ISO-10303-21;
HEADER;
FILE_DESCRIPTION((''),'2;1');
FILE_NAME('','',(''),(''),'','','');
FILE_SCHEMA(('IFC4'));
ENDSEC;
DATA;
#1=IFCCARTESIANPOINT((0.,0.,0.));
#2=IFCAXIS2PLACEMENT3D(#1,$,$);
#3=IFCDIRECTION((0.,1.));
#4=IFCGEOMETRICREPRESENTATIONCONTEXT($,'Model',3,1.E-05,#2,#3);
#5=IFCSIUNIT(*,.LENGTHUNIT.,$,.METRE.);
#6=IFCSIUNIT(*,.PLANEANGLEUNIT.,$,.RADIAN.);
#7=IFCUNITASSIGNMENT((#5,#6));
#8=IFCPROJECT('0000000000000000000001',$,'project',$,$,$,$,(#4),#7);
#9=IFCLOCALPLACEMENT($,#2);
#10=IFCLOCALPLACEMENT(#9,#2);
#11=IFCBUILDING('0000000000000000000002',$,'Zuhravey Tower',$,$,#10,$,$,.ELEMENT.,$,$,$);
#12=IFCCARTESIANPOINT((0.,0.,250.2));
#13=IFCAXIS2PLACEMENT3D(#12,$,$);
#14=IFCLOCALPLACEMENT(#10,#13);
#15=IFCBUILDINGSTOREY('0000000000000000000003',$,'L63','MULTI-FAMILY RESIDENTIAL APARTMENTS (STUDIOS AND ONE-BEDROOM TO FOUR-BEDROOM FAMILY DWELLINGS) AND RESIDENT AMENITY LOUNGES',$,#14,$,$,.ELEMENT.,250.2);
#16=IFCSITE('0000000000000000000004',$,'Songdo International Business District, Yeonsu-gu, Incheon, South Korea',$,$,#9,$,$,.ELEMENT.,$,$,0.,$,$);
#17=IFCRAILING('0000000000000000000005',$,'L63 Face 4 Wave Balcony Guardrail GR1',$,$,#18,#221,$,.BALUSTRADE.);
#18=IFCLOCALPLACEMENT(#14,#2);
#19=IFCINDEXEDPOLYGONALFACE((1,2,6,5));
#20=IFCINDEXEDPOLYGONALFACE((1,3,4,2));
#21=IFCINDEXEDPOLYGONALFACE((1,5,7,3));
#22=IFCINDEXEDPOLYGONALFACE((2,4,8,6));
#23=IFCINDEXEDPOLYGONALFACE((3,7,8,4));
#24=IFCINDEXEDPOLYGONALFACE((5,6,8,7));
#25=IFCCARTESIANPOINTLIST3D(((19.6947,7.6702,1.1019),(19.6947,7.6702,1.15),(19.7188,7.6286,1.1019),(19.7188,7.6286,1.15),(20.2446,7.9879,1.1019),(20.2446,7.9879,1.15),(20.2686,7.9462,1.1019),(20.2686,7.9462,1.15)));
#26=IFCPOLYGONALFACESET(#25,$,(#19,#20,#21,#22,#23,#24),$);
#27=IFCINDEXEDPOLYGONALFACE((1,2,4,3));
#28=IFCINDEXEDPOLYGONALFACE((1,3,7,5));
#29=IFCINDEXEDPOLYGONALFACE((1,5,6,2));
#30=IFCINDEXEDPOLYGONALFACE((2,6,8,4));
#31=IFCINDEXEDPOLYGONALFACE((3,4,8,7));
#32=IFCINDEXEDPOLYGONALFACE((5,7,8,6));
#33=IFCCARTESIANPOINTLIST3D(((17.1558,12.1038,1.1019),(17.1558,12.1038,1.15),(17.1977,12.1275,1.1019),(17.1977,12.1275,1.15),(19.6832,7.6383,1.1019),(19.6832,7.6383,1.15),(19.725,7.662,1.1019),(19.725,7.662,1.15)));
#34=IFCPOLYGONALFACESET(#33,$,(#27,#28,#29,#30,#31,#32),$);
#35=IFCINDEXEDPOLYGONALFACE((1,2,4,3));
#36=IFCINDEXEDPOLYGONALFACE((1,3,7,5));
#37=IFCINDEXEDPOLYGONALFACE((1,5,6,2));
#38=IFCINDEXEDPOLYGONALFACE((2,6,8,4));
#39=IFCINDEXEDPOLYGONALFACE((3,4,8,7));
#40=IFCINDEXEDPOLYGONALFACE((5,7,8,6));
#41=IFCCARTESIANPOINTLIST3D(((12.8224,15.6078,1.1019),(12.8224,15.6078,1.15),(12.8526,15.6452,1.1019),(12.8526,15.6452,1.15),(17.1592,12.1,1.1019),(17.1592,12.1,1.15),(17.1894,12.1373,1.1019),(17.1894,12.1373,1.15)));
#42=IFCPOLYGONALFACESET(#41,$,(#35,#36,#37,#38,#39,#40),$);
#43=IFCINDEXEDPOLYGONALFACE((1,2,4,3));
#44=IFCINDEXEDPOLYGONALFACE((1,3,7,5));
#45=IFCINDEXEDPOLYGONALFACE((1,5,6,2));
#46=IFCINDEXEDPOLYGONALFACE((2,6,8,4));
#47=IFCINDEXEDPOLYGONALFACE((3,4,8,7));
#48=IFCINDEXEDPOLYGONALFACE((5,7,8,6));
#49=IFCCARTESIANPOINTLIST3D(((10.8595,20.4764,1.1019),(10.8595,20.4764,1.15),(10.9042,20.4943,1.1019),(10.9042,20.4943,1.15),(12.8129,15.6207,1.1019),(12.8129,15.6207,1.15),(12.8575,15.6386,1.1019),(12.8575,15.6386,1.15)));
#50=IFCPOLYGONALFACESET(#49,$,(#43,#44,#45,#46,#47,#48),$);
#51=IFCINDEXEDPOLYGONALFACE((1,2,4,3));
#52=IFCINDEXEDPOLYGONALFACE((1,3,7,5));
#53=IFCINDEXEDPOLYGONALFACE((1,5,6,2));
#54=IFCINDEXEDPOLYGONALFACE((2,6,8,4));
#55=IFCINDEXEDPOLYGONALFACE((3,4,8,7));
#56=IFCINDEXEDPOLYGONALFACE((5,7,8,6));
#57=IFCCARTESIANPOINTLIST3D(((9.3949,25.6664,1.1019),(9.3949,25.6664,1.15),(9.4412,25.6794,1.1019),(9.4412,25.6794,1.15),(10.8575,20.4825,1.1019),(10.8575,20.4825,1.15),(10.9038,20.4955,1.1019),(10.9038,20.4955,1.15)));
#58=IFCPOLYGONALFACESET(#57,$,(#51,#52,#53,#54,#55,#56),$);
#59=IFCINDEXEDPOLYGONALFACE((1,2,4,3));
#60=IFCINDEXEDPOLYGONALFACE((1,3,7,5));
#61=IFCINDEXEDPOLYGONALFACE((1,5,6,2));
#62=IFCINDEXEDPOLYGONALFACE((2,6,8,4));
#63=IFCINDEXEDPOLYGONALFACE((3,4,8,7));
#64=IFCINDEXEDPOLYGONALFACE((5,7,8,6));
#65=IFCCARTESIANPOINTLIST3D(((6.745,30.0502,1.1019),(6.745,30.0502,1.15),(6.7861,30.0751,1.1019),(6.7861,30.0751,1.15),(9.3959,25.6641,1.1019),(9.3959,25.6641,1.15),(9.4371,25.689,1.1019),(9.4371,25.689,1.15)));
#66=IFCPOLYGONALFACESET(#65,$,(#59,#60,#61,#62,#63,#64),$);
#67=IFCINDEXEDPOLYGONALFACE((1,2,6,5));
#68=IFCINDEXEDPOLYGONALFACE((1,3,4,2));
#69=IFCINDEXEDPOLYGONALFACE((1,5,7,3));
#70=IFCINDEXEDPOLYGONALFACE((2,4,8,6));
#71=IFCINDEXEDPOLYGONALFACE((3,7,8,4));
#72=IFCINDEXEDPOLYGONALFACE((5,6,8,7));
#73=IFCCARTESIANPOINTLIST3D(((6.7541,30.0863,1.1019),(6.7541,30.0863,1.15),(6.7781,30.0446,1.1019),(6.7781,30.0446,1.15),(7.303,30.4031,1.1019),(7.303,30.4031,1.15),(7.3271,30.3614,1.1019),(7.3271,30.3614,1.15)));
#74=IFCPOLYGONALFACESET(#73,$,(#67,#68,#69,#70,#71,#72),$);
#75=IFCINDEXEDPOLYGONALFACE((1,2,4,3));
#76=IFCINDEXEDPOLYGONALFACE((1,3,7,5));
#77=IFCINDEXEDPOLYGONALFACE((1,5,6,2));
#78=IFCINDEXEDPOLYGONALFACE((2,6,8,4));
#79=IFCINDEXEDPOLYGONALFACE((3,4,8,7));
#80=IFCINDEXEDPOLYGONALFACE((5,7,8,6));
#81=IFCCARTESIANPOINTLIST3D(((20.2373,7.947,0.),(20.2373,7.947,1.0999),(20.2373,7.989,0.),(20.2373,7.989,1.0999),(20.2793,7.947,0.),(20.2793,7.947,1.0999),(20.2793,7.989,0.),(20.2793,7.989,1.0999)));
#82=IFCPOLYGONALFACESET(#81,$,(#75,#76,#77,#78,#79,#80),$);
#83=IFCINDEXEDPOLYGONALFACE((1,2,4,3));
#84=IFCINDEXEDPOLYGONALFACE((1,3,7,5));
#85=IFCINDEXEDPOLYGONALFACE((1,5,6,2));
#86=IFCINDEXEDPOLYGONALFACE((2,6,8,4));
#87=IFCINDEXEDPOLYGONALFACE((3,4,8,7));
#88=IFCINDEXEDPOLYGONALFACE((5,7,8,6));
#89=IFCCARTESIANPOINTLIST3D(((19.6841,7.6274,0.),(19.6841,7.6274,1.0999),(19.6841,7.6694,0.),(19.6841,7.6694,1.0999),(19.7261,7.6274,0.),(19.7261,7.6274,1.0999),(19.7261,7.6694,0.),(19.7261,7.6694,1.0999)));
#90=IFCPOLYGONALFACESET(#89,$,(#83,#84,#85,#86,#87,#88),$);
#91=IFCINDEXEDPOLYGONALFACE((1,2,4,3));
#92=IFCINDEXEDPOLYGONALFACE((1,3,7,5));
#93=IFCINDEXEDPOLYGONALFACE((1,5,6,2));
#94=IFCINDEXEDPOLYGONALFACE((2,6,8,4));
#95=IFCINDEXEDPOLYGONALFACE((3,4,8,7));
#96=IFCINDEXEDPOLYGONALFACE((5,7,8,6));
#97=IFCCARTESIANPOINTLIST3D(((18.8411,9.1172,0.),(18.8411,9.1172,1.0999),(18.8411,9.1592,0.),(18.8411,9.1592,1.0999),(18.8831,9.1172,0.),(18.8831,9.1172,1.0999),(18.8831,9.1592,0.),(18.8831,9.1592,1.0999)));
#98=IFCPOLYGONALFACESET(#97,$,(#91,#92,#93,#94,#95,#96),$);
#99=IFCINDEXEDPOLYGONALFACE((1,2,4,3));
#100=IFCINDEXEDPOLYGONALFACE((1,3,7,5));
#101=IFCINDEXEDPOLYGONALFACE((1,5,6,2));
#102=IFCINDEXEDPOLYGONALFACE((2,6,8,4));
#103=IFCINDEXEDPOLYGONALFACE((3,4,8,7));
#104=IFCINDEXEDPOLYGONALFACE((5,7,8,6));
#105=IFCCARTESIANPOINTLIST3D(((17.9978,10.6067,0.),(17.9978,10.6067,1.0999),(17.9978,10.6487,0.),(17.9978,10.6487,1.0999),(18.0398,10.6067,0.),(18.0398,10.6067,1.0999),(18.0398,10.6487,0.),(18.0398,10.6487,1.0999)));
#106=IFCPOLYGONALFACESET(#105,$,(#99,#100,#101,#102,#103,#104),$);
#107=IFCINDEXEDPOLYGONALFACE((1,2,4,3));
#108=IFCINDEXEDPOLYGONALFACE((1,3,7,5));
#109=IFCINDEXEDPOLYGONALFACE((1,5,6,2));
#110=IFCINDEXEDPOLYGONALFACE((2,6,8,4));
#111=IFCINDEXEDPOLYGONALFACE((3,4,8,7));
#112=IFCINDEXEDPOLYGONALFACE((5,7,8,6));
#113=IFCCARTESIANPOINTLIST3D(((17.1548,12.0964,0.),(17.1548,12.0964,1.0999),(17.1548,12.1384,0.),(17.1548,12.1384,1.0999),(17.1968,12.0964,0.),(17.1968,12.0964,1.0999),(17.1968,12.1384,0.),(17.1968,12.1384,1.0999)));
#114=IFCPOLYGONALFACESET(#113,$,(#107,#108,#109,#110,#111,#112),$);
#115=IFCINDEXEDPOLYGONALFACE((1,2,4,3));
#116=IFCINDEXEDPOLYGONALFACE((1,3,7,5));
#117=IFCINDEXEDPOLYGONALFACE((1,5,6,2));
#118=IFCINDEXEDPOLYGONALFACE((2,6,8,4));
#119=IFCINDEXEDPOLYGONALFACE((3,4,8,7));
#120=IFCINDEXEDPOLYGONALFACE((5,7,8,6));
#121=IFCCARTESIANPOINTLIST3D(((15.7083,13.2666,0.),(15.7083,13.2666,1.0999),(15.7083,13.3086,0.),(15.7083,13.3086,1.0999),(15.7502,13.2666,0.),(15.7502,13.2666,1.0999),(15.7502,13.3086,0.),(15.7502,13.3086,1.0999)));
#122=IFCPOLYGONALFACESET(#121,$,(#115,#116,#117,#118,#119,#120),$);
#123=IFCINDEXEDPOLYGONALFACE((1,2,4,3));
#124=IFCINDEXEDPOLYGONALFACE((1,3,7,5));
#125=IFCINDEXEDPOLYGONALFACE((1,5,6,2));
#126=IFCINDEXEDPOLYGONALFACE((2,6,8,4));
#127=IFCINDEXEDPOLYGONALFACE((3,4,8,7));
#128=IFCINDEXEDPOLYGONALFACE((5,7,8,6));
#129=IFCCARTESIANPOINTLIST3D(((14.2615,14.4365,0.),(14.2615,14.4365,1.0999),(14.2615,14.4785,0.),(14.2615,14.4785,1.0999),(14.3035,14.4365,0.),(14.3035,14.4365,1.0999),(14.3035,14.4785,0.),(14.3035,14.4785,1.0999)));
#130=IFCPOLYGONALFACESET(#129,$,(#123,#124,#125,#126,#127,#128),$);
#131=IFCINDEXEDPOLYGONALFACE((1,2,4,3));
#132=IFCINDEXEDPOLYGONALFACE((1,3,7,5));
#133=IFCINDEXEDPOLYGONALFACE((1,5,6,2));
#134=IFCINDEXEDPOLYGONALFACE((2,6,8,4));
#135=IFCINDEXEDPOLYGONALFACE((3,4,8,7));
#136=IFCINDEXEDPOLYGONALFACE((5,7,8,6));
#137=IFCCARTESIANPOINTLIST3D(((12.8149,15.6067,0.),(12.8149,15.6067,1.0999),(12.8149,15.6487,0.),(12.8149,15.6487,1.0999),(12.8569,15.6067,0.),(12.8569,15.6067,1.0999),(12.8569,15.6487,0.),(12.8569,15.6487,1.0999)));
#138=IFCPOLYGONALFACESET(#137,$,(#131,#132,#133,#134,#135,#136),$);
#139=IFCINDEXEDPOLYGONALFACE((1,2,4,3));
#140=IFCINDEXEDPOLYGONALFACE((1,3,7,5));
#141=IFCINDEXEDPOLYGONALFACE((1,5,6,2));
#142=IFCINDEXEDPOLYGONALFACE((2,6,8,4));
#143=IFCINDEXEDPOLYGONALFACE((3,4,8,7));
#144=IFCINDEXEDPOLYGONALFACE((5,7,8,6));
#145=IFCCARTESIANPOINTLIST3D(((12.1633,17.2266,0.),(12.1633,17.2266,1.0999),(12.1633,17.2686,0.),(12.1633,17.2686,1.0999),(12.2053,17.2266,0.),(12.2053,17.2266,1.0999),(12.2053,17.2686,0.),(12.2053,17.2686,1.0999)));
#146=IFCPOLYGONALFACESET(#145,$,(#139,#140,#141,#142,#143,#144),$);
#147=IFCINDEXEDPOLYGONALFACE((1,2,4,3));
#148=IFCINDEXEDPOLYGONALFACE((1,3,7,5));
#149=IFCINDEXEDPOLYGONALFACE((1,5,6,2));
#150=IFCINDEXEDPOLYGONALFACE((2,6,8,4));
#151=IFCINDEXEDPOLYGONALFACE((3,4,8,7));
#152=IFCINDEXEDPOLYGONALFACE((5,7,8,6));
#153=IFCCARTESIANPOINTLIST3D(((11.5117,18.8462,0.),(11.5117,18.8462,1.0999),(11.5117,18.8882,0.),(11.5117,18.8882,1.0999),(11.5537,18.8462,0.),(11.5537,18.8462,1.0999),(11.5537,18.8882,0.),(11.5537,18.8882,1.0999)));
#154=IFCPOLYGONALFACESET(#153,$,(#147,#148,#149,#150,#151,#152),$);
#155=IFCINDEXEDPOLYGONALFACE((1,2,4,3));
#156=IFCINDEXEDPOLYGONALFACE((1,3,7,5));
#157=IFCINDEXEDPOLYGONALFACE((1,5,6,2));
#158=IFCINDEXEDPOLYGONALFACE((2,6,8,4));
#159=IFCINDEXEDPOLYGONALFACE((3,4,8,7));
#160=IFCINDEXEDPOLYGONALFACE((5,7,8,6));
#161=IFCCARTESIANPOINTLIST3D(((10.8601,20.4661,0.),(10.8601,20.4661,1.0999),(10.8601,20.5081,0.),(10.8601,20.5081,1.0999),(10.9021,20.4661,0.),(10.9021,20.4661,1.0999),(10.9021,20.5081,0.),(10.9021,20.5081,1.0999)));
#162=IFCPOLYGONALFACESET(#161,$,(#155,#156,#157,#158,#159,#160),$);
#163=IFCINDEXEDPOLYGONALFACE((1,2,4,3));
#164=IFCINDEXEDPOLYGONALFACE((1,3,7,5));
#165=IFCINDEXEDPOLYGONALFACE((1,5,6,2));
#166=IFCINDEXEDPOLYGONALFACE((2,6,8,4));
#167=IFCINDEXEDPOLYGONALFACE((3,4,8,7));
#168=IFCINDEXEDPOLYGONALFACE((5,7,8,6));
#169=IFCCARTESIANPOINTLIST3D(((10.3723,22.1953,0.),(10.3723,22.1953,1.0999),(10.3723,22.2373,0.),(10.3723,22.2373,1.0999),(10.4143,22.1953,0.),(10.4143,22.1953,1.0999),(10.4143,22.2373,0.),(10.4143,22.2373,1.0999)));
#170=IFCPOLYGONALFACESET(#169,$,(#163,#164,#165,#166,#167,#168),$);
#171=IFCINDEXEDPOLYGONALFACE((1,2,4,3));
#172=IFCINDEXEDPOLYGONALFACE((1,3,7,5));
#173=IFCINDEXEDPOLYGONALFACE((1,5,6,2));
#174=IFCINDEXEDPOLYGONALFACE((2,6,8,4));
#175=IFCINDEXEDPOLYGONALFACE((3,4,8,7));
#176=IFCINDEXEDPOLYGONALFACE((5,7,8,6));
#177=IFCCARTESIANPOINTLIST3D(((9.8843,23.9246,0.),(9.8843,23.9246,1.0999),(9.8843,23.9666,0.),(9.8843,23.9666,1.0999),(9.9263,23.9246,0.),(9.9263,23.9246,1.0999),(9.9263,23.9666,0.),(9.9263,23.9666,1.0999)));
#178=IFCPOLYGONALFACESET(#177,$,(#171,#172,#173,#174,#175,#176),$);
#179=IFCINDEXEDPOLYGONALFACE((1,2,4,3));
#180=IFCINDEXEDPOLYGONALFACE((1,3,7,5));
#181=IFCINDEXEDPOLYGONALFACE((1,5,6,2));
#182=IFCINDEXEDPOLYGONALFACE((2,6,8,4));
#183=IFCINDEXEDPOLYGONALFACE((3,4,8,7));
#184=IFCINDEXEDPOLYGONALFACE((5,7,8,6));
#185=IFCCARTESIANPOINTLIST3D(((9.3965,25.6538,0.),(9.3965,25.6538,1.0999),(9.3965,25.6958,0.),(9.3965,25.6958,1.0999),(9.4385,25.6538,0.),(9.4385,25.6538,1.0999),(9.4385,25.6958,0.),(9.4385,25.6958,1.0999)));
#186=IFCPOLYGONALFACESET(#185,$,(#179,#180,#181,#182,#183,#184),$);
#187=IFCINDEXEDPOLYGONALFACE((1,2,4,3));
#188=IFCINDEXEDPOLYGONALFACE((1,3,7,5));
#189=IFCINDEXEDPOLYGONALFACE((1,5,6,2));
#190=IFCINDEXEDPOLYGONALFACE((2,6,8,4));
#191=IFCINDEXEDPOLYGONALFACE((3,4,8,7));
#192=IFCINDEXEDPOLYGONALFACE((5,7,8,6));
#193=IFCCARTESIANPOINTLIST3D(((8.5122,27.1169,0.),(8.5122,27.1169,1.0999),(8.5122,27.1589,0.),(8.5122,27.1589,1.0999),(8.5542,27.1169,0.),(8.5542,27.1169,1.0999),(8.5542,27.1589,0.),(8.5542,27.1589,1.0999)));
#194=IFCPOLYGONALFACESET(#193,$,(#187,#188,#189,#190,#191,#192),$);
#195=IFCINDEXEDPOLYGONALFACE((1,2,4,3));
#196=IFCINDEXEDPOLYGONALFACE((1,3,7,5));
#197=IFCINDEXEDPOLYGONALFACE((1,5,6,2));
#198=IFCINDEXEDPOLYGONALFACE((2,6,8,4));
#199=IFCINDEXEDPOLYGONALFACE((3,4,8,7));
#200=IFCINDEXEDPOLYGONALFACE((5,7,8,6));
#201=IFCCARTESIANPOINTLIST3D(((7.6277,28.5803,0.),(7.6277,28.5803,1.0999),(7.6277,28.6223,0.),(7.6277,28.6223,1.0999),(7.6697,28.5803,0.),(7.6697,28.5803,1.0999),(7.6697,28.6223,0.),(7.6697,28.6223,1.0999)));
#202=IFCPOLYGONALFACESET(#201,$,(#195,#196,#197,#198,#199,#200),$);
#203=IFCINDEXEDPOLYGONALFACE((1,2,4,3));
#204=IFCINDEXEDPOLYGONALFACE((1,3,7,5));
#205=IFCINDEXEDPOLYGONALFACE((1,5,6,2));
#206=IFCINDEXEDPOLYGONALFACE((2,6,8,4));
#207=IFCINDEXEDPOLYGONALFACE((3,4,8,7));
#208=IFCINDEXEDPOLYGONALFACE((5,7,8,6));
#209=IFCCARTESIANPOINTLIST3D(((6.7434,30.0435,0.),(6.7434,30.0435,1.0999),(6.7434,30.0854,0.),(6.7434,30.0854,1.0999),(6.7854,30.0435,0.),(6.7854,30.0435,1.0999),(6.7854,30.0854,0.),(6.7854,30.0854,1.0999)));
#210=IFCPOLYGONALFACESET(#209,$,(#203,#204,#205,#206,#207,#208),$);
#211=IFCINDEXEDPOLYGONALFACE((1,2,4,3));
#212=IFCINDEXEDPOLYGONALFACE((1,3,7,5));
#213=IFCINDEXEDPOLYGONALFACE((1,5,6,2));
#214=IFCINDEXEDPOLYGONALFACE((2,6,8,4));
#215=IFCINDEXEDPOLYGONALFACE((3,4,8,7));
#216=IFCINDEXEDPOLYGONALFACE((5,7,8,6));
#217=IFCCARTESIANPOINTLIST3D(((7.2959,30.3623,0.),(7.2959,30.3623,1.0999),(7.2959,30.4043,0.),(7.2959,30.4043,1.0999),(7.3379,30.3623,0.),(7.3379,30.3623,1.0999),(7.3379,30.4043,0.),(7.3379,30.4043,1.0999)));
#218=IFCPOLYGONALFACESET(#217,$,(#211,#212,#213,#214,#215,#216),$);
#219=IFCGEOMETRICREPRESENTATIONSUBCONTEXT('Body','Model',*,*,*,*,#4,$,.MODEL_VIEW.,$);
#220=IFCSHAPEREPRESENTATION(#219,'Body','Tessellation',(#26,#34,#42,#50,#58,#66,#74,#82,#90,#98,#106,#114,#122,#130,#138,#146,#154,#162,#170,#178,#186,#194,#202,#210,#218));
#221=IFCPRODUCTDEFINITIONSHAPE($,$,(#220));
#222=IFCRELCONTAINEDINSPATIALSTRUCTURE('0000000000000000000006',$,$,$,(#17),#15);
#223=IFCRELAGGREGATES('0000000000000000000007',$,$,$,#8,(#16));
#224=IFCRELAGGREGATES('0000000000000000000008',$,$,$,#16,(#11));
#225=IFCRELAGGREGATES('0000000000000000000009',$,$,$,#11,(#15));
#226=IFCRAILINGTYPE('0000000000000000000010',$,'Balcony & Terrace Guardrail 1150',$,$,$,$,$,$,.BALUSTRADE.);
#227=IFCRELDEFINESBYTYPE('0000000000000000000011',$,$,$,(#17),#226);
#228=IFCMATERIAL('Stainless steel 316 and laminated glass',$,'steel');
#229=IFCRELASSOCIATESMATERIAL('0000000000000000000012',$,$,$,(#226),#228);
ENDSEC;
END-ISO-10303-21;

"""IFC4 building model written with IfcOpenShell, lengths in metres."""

from ifc_helpers import new_model, si_unit, direction, frame, origin, origin_2d, place, context, subcontext, project, spatial, rectangle, extrude, material, type_object, element, save


model = new_model("IFC4")

# Units and contexts
model_context = context("Model", 3, precision=1e-05, world=origin(), true_north=direction((0.0, 1.0)))
body_context = subcontext(model_context, "Body", "Model", "MODEL_VIEW")
ifc_project = project(units=[si_unit("LENGTHUNIT", "METRE"), si_unit("PLANEANGLEUNIT", "RADIAN")], contexts=[model_context])

# Site, building, storey
site_placement = place(None, origin())
site = spatial("IfcSite", under=ifc_project, at=site_placement, Name="Songdo International Business District, Yeonsu-gu, Incheon, South Korea", CompositionType="ELEMENT", RefElevation=0.0)
building_placement = place(site_placement, origin())
building = spatial("IfcBuilding", under=site, at=building_placement, Name="Zuhravey Tower", CompositionType="ELEMENT")
storey_placement = place(building_placement, frame((0.0, 0.0, 250.2)))
storey = spatial("IfcBuildingStorey", under=building, at=storey_placement, Name="L63", Description="MULTI-FAMILY RESIDENTIAL APARTMENTS (STUDIOS AND ONE-BEDROOM TO FOUR-BEDROOM FAMILY DWELLINGS) AND RESIDENT AMENITY LOUNGES", CompositionType="ELEMENT", Elevation=250.2)

# Railing
ifc_material_1 = material(Name="Stainless steel 316 and laminated glass", Category="steel")
railing_type = type_object("IfcRailingType", Name="Balcony & Terrace Guardrail 1150", PredefinedType="BALUSTRADE", material=ifc_material_1)
railing_placement = place(storey_placement, frame((20.2583, 7.968, 0.0)))
element("IfcRailing", 1, at=railing_placement, inside=storey, type_object=railing_type, Name="L63 Face 4 Wave Balcony Guardrail GR1", PredefinedType="BALUSTRADE", context=body_context, shape_type="SweptSolid", body=[
    extrude(rectangle(XDim=0.0481, YDim=0.0481, at=origin_2d()), frame((-0.0017, -0.001, 1.126), z_axis=(-0.865906, -0.500208, 0.0), x_axis=(0.500208, -0.865906, 0.0)), (0.0, 0.0, 1.0), 0.635),
    extrude(rectangle(XDim=0.0481, YDim=0.0481, at=origin_2d()), frame((-0.5542, -0.3179, 1.126), z_axis=(-0.492551, 0.870284, 0.0), x_axis=(-0.870284, -0.492551, 0.0)), (0.0, 0.0, 1.0), 5.1311),
    extrude(rectangle(XDim=0.0481, YDim=0.0481, at=origin_2d()), frame((-3.084, 4.1506, 1.126), z_axis=(-0.777504, 0.628879, 0.0), x_axis=(-0.628879, -0.777504, 0.0)), (0.0, 0.0, 1.0), 5.5779),
    extrude(rectangle(XDim=0.0481, YDim=0.0481, at=origin_2d()), frame((-7.4231, 7.6616, 1.126), z_axis=(-0.373214, 0.927745, 0.0), x_axis=(-0.927745, -0.373214, 0.0)), (0.0, 0.0, 1.0), 5.2339),
    extrude(rectangle(XDim=0.0481, YDim=0.0481, at=origin_2d()), frame((-9.3777, 12.521, 1.126), z_axis=(-0.271531, 0.96243, 0.0), x_axis=(-0.96243, -0.271531, 0.0)), (0.0, 0.0, 1.0), 5.3862),
    extrude(rectangle(XDim=0.0481, YDim=0.0481, at=origin_2d()), frame((-10.8418, 17.7085, 1.126), z_axis=(-0.517258, 0.85583, 0.0), x_axis=(-0.85583, -0.517258, 0.0)), (0.0, 0.0, 1.0), 5.125),
    extrude(rectangle(XDim=0.0481, YDim=0.0481, at=origin_2d()), frame((-13.4922, 22.0974, 1.126), z_axis=(0.866115, 0.499844, 0.0), x_axis=(-0.499844, 0.866115, 0.0)), (0.0, 0.0, 1.0), 0.6338),
    extrude(rectangle(XDim=0.042, YDim=0.042, at=origin_2d()), origin(), (0.0, 0.0, 1.0), 1.0999),
    extrude(rectangle(XDim=0.042, YDim=0.042, at=origin_2d()), frame((-0.5532, -0.3196, 0.0)), (0.0, 0.0, 1.0), 1.0999),
    extrude(rectangle(XDim=0.042, YDim=0.042, at=origin_2d()), frame((-1.3962, 1.1702, 0.0)), (0.0, 0.0, 1.0), 1.0999),
    extrude(rectangle(XDim=0.042, YDim=0.042, at=origin_2d()), frame((-2.2395, 2.6597, 0.0)), (0.0, 0.0, 1.0), 1.0999),
    extrude(rectangle(XDim=0.042, YDim=0.042, at=origin_2d()), frame((-3.0825, 4.1494, 0.0)), (0.0, 0.0, 1.0), 1.0999),
    extrude(rectangle(XDim=0.042, YDim=0.042, at=origin_2d()), frame((-4.5291, 5.3196, 0.0)), (0.0, 0.0, 1.0), 1.0999),
    extrude(rectangle(XDim=0.042, YDim=0.042, at=origin_2d()), frame((-5.9758, 6.4895, 0.0)), (0.0, 0.0, 1.0), 1.0999),
    extrude(rectangle(XDim=0.042, YDim=0.042, at=origin_2d()), frame((-7.4224, 7.6597, 0.0)), (0.0, 0.0, 1.0), 1.0999),
    extrude(rectangle(XDim=0.042, YDim=0.042, at=origin_2d()), frame((-8.074, 9.2795, 0.0)), (0.0, 0.0, 1.0), 1.0999),
    extrude(rectangle(XDim=0.042, YDim=0.042, at=origin_2d()), frame((-8.7256, 10.8992, 0.0)), (0.0, 0.0, 1.0), 1.0999),
    extrude(rectangle(XDim=0.042, YDim=0.042, at=origin_2d()), frame((-9.3772, 12.519, 0.0)), (0.0, 0.0, 1.0), 1.0999),
    extrude(rectangle(XDim=0.042, YDim=0.042, at=origin_2d()), frame((-9.865, 14.2483, 0.0)), (0.0, 0.0, 1.0), 1.0999),
    extrude(rectangle(XDim=0.042, YDim=0.042, at=origin_2d()), frame((-10.353, 15.9775, 0.0)), (0.0, 0.0, 1.0), 1.0999),
    extrude(rectangle(XDim=0.042, YDim=0.042, at=origin_2d()), frame((-10.8408, 17.7068, 0.0)), (0.0, 0.0, 1.0), 1.0999),
    extrude(rectangle(XDim=0.042, YDim=0.042, at=origin_2d()), frame((-11.7251, 19.1699, 0.0)), (0.0, 0.0, 1.0), 1.0999),
    extrude(rectangle(XDim=0.042, YDim=0.042, at=origin_2d()), frame((-12.6096, 20.6333, 0.0)), (0.0, 0.0, 1.0), 1.0999),
    extrude(rectangle(XDim=0.042, YDim=0.042, at=origin_2d()), frame((-13.4939, 22.0964, 0.0)), (0.0, 0.0, 1.0), 1.0999),
    extrude(rectangle(XDim=0.042, YDim=0.042, at=origin_2d()), frame((-12.9414, 22.4153, 0.0)), (0.0, 0.0, 1.0), 1.0999),
])

save(model, "model.ifc")
